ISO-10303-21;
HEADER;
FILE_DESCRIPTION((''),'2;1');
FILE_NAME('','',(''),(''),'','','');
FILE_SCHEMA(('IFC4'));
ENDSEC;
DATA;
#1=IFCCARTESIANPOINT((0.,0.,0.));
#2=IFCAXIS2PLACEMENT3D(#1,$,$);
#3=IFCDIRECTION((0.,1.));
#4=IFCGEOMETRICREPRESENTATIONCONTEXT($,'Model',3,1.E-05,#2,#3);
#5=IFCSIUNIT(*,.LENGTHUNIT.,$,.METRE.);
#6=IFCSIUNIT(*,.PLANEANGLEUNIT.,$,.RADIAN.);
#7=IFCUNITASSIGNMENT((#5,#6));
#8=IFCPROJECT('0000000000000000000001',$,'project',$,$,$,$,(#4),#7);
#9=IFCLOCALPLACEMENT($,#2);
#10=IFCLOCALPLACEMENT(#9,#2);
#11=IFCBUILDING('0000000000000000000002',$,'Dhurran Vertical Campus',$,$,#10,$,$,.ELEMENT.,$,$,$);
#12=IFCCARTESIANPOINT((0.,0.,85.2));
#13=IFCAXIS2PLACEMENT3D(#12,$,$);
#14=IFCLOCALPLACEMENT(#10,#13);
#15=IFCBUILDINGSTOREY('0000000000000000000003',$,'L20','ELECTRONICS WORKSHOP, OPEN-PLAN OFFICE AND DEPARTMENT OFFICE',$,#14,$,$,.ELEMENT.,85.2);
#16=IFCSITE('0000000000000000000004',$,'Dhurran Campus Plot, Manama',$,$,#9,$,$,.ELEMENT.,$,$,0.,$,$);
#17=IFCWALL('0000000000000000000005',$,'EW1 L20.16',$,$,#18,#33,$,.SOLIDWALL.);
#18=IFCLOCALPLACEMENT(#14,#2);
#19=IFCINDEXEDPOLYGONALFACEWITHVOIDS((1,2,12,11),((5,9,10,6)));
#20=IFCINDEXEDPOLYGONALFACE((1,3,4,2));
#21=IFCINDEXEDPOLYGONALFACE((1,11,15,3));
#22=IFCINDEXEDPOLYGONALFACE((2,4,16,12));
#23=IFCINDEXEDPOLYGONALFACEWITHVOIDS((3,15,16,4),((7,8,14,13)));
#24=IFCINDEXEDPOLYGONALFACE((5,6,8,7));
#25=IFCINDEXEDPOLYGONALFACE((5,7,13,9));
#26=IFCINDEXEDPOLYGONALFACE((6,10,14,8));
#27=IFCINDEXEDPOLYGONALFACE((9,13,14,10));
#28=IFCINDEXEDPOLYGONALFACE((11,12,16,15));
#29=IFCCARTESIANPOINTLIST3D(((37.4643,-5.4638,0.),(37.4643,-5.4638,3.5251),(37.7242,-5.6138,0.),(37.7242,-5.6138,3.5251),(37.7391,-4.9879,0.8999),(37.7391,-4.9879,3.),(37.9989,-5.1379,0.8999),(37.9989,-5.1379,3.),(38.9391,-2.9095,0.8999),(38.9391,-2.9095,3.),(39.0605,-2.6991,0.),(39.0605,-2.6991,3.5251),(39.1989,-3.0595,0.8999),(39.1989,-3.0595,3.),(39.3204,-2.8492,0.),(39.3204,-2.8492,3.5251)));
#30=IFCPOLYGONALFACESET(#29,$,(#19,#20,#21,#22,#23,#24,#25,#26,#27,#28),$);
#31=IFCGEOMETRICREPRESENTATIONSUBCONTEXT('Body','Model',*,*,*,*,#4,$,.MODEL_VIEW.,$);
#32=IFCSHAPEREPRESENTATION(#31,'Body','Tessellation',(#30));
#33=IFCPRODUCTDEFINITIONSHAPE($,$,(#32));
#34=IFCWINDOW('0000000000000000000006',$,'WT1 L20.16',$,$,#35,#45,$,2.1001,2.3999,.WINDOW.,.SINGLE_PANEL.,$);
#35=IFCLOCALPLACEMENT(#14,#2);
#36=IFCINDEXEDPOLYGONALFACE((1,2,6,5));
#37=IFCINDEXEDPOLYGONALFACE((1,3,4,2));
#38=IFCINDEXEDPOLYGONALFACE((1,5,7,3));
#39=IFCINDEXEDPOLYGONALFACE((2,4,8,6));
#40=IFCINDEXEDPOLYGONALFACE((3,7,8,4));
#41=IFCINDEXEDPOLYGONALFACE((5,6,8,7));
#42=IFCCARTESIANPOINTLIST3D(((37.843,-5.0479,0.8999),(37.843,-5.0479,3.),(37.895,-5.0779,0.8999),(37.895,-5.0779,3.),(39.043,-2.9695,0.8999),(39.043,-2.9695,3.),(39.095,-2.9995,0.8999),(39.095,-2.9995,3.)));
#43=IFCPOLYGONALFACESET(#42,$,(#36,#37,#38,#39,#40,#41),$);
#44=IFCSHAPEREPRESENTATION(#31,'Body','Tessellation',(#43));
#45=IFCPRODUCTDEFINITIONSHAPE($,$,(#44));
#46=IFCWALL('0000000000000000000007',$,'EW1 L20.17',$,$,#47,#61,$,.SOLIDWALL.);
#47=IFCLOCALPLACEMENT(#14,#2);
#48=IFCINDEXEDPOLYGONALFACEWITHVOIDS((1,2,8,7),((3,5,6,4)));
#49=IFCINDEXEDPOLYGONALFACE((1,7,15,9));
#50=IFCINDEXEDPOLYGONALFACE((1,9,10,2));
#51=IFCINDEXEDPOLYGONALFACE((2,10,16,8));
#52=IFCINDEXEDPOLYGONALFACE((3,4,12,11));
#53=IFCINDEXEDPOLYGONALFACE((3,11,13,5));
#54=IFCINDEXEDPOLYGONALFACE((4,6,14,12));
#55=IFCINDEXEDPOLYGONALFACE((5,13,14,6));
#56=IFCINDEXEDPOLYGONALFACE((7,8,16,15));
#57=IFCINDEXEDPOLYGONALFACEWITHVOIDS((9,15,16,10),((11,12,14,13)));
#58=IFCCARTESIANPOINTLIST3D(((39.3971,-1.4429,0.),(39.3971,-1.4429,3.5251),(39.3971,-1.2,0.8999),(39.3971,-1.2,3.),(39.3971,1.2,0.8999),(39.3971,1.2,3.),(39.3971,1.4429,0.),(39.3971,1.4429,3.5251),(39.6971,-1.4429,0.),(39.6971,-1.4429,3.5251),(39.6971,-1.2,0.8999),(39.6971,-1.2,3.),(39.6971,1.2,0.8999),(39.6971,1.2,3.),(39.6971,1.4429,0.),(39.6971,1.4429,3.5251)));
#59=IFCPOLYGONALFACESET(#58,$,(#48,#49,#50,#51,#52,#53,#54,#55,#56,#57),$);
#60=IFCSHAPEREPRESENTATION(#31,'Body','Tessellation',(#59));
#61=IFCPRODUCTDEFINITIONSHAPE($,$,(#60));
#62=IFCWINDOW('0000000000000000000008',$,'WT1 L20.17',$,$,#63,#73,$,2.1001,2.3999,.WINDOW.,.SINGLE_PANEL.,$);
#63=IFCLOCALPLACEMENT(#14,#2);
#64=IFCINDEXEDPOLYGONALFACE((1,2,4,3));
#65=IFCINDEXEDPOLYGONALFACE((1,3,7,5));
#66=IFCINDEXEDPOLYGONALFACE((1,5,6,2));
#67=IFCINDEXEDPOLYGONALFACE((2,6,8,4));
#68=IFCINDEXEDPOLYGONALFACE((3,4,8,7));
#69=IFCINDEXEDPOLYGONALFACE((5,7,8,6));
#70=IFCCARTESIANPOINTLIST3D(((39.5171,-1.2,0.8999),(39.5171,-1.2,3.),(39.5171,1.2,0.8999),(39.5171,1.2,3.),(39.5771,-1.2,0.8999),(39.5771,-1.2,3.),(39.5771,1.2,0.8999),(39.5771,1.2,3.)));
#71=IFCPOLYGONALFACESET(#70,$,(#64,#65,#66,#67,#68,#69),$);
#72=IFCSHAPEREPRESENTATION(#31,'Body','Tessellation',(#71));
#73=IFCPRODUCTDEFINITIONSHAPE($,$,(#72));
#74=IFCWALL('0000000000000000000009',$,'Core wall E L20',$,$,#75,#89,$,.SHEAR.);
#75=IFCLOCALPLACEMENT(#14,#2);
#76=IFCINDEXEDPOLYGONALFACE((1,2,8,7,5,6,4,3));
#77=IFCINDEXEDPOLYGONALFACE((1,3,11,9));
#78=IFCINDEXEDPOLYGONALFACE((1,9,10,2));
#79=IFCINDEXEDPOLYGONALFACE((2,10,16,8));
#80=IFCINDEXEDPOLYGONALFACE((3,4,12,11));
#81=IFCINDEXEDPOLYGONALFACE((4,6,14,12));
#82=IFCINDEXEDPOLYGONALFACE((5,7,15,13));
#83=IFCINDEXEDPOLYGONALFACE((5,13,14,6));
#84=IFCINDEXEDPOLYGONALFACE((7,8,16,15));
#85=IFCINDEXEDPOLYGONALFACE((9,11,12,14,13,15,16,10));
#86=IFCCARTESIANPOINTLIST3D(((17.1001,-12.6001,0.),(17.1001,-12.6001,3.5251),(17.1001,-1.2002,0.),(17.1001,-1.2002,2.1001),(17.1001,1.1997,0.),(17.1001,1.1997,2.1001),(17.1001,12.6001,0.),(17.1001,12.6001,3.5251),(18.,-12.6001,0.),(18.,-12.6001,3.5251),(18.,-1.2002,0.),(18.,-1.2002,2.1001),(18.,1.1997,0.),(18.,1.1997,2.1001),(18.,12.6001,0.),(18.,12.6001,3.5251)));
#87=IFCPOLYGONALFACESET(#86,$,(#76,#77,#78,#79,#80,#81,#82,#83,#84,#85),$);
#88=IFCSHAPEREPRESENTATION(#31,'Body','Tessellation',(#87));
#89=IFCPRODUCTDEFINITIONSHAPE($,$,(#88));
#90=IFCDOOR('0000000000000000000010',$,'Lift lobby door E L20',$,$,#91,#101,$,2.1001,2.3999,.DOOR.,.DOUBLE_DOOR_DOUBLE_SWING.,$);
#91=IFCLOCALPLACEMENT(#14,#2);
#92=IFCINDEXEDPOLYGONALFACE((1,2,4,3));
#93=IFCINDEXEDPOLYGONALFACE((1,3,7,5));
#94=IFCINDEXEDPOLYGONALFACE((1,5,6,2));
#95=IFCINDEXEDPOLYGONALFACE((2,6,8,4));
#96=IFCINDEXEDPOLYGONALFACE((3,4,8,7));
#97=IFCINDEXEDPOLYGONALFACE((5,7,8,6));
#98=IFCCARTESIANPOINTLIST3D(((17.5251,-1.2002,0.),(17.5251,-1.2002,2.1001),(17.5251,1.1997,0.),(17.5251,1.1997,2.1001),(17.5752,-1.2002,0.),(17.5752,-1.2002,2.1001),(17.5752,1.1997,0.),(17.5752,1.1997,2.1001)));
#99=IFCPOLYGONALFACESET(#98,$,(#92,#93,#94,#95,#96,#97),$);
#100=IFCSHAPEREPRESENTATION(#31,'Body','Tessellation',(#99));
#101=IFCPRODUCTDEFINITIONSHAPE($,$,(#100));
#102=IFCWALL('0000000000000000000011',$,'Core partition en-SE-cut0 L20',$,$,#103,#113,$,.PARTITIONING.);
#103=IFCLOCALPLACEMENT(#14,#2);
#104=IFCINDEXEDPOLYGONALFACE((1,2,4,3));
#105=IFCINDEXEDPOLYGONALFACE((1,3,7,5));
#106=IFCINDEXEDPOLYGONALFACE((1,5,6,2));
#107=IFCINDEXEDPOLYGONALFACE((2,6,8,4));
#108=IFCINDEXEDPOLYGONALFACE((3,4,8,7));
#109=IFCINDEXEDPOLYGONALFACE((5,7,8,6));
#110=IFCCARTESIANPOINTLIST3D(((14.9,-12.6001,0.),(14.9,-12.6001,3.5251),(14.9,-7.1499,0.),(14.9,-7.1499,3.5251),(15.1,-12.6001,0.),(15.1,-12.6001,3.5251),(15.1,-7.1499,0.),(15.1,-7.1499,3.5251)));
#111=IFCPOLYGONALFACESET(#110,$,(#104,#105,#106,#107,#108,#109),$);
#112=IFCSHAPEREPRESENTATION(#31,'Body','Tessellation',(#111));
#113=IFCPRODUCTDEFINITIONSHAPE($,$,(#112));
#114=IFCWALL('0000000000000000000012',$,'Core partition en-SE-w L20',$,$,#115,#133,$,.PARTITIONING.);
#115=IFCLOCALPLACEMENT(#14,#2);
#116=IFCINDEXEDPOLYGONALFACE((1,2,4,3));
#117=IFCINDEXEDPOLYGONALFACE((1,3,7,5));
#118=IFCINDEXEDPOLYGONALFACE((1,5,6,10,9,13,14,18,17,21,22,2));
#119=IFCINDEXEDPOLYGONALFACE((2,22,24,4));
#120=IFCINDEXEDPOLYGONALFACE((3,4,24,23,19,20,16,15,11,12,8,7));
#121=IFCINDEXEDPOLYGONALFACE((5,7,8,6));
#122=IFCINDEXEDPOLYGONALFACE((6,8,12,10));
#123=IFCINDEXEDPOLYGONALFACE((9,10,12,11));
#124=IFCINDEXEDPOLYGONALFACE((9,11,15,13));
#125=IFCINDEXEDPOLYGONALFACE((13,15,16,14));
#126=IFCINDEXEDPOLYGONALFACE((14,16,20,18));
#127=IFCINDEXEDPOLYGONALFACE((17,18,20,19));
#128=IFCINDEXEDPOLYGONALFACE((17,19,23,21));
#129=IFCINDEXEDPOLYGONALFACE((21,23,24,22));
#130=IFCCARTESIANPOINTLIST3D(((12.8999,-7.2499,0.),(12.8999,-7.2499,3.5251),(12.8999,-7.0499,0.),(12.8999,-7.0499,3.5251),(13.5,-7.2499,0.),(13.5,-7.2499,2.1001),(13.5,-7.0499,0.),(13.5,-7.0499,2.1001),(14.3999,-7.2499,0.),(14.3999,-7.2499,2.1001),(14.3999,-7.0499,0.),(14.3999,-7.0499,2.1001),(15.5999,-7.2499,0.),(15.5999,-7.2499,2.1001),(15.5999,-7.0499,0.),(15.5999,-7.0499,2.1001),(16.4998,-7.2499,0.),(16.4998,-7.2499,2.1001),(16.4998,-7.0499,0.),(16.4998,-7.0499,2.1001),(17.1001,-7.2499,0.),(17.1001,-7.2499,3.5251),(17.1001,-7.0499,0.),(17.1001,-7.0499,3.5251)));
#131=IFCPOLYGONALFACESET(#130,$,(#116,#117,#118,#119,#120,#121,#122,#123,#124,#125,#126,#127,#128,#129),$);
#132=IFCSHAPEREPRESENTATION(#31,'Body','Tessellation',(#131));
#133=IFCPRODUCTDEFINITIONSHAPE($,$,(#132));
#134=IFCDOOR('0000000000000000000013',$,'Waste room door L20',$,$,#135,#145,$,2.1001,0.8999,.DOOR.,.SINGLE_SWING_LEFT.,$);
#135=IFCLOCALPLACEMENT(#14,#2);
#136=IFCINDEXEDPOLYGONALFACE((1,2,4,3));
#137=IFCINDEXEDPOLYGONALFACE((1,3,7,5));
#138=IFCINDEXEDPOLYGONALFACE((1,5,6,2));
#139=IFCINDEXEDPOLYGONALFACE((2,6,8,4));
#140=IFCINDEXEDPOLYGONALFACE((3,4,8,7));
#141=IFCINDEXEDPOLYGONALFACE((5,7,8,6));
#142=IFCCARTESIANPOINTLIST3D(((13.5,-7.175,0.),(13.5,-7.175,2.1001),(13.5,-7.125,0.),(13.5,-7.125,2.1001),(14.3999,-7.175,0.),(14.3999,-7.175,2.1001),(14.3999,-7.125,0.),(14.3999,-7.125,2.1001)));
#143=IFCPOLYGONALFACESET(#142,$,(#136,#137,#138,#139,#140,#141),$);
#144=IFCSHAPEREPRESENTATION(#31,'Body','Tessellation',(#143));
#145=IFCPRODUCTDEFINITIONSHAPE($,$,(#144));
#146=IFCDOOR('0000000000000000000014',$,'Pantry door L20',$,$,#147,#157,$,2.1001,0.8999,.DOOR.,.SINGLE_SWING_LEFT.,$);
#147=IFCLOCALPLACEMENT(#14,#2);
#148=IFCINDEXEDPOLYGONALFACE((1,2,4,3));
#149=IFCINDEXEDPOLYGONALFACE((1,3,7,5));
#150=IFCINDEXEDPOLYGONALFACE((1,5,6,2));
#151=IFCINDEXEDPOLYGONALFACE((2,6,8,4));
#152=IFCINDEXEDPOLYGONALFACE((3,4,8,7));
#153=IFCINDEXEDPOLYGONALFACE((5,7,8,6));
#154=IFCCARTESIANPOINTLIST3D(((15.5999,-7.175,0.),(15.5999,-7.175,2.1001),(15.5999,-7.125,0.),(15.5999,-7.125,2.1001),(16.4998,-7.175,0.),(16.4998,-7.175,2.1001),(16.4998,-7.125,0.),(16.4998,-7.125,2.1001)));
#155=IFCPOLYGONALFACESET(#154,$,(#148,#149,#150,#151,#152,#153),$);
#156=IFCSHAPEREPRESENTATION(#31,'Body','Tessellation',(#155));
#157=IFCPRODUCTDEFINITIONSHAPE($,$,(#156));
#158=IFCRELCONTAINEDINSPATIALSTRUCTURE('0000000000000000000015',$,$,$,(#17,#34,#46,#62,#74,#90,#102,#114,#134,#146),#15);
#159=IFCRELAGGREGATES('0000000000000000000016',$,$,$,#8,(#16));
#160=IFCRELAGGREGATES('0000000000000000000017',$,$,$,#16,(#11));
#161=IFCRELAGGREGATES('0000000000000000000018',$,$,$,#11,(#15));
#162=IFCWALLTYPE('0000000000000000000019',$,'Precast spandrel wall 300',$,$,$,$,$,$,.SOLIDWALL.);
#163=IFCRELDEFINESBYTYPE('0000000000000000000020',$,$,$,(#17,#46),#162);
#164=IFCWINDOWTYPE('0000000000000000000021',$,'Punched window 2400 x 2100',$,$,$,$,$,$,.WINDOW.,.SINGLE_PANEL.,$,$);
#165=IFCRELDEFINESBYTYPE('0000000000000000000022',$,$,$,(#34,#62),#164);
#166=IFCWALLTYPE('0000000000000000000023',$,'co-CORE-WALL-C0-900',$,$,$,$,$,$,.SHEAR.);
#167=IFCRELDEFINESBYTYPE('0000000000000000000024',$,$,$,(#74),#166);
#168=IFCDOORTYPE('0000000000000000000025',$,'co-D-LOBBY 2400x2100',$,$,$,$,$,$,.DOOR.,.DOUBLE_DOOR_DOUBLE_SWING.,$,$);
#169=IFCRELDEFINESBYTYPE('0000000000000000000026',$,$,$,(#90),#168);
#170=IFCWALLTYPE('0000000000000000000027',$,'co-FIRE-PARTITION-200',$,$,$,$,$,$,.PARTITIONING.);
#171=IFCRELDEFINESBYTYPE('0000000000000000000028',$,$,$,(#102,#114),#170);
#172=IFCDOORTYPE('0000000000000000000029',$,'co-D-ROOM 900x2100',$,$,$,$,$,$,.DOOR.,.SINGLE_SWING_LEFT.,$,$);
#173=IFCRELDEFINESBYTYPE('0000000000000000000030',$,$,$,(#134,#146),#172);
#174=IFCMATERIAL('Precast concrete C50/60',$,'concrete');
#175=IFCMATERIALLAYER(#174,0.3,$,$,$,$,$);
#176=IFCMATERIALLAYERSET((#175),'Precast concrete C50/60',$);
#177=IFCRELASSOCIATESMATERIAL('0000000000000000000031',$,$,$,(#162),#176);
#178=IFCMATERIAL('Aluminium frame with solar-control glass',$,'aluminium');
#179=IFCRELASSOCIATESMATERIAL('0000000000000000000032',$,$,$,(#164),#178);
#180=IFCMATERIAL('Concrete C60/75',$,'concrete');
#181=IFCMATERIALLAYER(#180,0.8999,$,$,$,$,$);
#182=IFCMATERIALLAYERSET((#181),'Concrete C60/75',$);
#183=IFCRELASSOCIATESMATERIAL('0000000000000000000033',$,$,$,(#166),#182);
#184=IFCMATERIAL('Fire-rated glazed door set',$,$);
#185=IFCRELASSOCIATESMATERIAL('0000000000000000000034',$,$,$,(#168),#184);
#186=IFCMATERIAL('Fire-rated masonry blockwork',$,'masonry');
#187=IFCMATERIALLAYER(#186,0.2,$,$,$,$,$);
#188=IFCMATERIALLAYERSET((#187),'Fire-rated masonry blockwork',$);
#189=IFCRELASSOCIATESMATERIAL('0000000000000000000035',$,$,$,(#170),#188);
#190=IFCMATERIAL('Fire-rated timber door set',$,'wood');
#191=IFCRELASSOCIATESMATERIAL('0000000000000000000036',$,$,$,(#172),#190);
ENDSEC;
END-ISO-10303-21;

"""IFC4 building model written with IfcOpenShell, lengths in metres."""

from ifc_helpers import new_model, si_unit, direction, frame, frame_2d, origin, place, context, subcontext, project, spatial, rectangle, extrude, material, layer, layer_set, type_object, element, fill, save


model = new_model("IFC4")

# Units and contexts
model_context = context("Model", 3, precision=1e-05, world=origin(), true_north=direction((0.0, 1.0)))
body_context = subcontext(model_context, "Body", "Model", "MODEL_VIEW")
ifc_project = project(units=[si_unit("LENGTHUNIT", "METRE"), si_unit("PLANEANGLEUNIT", "RADIAN")], contexts=[model_context])

# Site, building, storey
site_placement = place(None, origin())
site = spatial("IfcSite", under=ifc_project, at=site_placement, Name="Dhurran Campus Plot, Manama", CompositionType="ELEMENT", RefElevation=0.0)
building_placement = place(site_placement, origin())
building = spatial("IfcBuilding", under=site, at=building_placement, Name="Dhurran Vertical Campus", CompositionType="ELEMENT")
storey_placement = place(building_placement, frame((0.0, 0.0, 85.2)))
storey = spatial("IfcBuildingStorey", under=building, at=storey_placement, Name="L20", Description="ELECTRONICS WORKSHOP, OPEN-PLAN OFFICE AND DEPARTMENT OFFICE", CompositionType="ELEMENT", Elevation=85.2)

# Walls, openings, windows
ifc_material_1 = material(Name="Precast concrete C50/60", Category="concrete")
ifc_layer_1 = layer(ifc_material_1, 0.3)
ifc_layer_set_1 = layer_set([ifc_layer_1], Name="Precast concrete C50/60")
wall_type_1 = type_object("IfcWallType", Name="Precast spandrel wall 300", PredefinedType="SOLIDWALL", material=ifc_layer_set_1)
ifc_material_2 = material(Name="Aluminium frame with solar-control glass", Category="aluminium")
window_type = type_object("IfcWindowType", Name="Punched window 2400 x 2100", PartitioningType="SINGLE_PANEL", PredefinedType="WINDOW", material=ifc_material_2)
wall_1_placement = place(storey_placement, frame((37.5942, -5.5388, 0.0), z_axis=(0.0, 0.0, 1.0), x_axis=(0.500005, 0.866023, 0.0)))
wall_1 = element("IfcWall", 1, at=wall_1_placement, inside=storey, type_object=wall_type_1, Name="EW1 L20.16", PredefinedType="SOLIDWALL", context=body_context, shape_type="SweptSolid", body=[
    extrude(rectangle(XDim=3.1924, YDim=0.3, at=frame_2d((1.5962, 0.0))), origin(), (0.0, 0.0, 1.0), 3.5251),
])
opening_1_placement = place(wall_1_placement, frame((0.5496, 0.0, 0.8999)))
opening_1 = element("IfcOpeningElement", 2, at=opening_1_placement, cuts=wall_1, PredefinedType="OPENING", context=body_context, shape_type="SweptSolid", body=[
    extrude(rectangle(XDim=2.3999, YDim=2.1001, at=frame_2d((1.2, 1.05))), frame((0.0, 0.1599, 0.0), z_axis=(0.0, -1.0, 0.0), x_axis=(1.0, 0.0, 0.0)), (0.0, 0.0, 1.0), 0.3201),
])
window_1_placement = place(opening_1_placement, origin())
window_1 = element("IfcWindow", 3, at=window_1_placement, inside=storey, type_object=window_type, Name="WT1 L20.16", OverallHeight=2.1001, OverallWidth=2.3999, PartitioningType="SINGLE_PANEL", PredefinedType="WINDOW", context=body_context, shape_type="SweptSolid", body=[
    extrude(rectangle(XDim=2.3999, YDim=2.1001, at=frame_2d((1.2, 1.05))), frame((0.0, 0.03, 0.0), z_axis=(0.0, -1.0, 0.0), x_axis=(1.0, 0.0, 0.0)), (0.0, 0.0, 1.0), 0.0601),
])
fill(opening_1, window_1)
wall_2_placement = place(storey_placement, frame((39.5471, -1.4429, 0.0), z_axis=(0.0, 0.0, 1.0), x_axis=(0.0, 1.0, 0.0)))
wall_2 = element("IfcWall", 4, at=wall_2_placement, inside=storey, type_object=wall_type_1, Name="EW1 L20.17", PredefinedType="SOLIDWALL", context=body_context, shape_type="SweptSolid", body=[
    extrude(rectangle(XDim=2.8857, YDim=0.3, at=frame_2d((1.4429, 0.0))), origin(), (0.0, 0.0, 1.0), 3.5251),
])
opening_2_placement = place(wall_2_placement, frame((0.2429, 0.0, 0.8999)))
opening_2 = element("IfcOpeningElement", 5, at=opening_2_placement, cuts=wall_2, PredefinedType="OPENING", context=body_context, shape_type="SweptSolid", body=[
    extrude(rectangle(XDim=2.3999, YDim=2.1001, at=frame_2d((1.2, 1.05))), frame((0.0, 0.1599, 0.0), z_axis=(0.0, -1.0, 0.0), x_axis=(1.0, 0.0, 0.0)), (0.0, 0.0, 1.0), 0.3201),
])
window_2_placement = place(opening_2_placement, origin())
window_2 = element("IfcWindow", 6, at=window_2_placement, inside=storey, type_object=window_type, Name="WT1 L20.17", OverallHeight=2.1001, OverallWidth=2.3999, PartitioningType="SINGLE_PANEL", PredefinedType="WINDOW", context=body_context, shape_type="SweptSolid", body=[
    extrude(rectangle(XDim=2.3999, YDim=2.1001, at=frame_2d((1.2, 1.05))), frame((0.0, 0.03, 0.0), z_axis=(0.0, -1.0, 0.0), x_axis=(1.0, 0.0, 0.0)), (0.0, 0.0, 1.0), 0.0601),
])
fill(opening_2, window_2)

# Wall, opening, door
ifc_material_3 = material(Name="Concrete C60/75", Category="concrete")
ifc_layer_2 = layer(ifc_material_3, 0.8999)
ifc_layer_set_2 = layer_set([ifc_layer_2], Name="Concrete C60/75")
wall_type_2 = type_object("IfcWallType", Name="co-CORE-WALL-C0-900", PredefinedType="SHEAR", material=ifc_layer_set_2)
wall_3_placement = place(storey_placement, frame((17.55, -12.6001, 0.0), z_axis=(0.0, 0.0, 1.0), x_axis=(0.0, 1.0, 0.0)))
wall_3 = element("IfcWall", 7, at=wall_3_placement, inside=storey, type_object=wall_type_2, Name="Core wall E L20", PredefinedType="SHEAR", context=body_context, shape_type="SweptSolid", body=[
    extrude(rectangle(XDim=25.2002, YDim=0.8999, at=frame_2d((12.6001, 0.0))), origin(), (0.0, 0.0, 1.0), 3.5251),
])
opening_3_placement = place(wall_3_placement, frame((11.3999, 0.0, 0.0)))
opening_3 = element("IfcOpeningElement", 8, at=opening_3_placement, cuts=wall_3, PredefinedType="OPENING", context=body_context, shape_type="SweptSolid", body=[
    extrude(rectangle(XDim=2.3999, YDim=2.1001, at=frame_2d((1.2, 1.05))), frame((0.0, 0.46, 0.0), z_axis=(0.0, -1.0, 0.0), x_axis=(1.0, 0.0, 0.0)), (0.0, 0.0, 1.0), 0.9199),
])
ifc_material_4 = material(Name="Fire-rated glazed door set")
door_type_1 = type_object("IfcDoorType", Name="co-D-LOBBY 2400x2100", OperationType="DOUBLE_DOOR_DOUBLE_SWING", PredefinedType="DOOR", material=ifc_material_4)
door_1_placement = place(opening_3_placement, origin())
door_1 = element("IfcDoor", 9, at=door_1_placement, inside=storey, type_object=door_type_1, Name="Lift lobby door E L20", OperationType="DOUBLE_DOOR_DOUBLE_SWING", OverallHeight=2.1001, OverallWidth=2.3999, PredefinedType="DOOR", context=body_context, shape_type="SweptSolid", body=[
    extrude(rectangle(XDim=2.3999, YDim=2.1001, at=frame_2d((1.2, 1.05))), frame((0.0, 0.0249, 0.0), z_axis=(0.0, -1.0, 0.0), x_axis=(1.0, 0.0, 0.0)), (0.0, 0.0, 1.0), 0.05),
])
fill(opening_3, door_1)

# Wall
ifc_material_5 = material(Name="Fire-rated masonry blockwork", Category="masonry")
ifc_layer_3 = layer(ifc_material_5, 0.2)
ifc_layer_set_3 = layer_set([ifc_layer_3], Name="Fire-rated masonry blockwork")
wall_type_3 = type_object("IfcWallType", Name="co-FIRE-PARTITION-200", PredefinedType="PARTITIONING", material=ifc_layer_set_3)
wall_4_placement = place(storey_placement, frame((15.0, -12.6001, 0.0), z_axis=(0.0, 0.0, 1.0), x_axis=(0.0, 1.0, 0.0)))
element("IfcWall", 10, at=wall_4_placement, inside=storey, type_object=wall_type_3, Name="Core partition en-SE-cut0 L20", PredefinedType="PARTITIONING", context=body_context, shape_type="SweptSolid", body=[
    extrude(rectangle(XDim=5.4502, YDim=0.2, at=frame_2d((2.7251, 0.0))), origin(), (0.0, 0.0, 1.0), 3.5251),
])

# Wall, openings, doors
wall_5_placement = place(storey_placement, frame((12.8999, -7.1499, 0.0), z_axis=(0.0, 0.0, 1.0), x_axis=(1.0, 0.0, 0.0)))
wall_5 = element("IfcWall", 11, at=wall_5_placement, inside=storey, type_object=wall_type_3, Name="Core partition en-SE-w L20", PredefinedType="PARTITIONING", context=body_context, shape_type="SweptSolid", body=[
    extrude(rectangle(XDim=4.2002, YDim=0.2, at=frame_2d((2.1001, 0.0))), origin(), (0.0, 0.0, 1.0), 3.5251),
])
opening_4_placement = place(wall_5_placement, frame((0.6001, 0.0, 0.0)))
opening_4 = element("IfcOpeningElement", 12, at=opening_4_placement, cuts=wall_5, PredefinedType="OPENING", context=body_context, shape_type="SweptSolid", body=[
    extrude(rectangle(XDim=0.8999, YDim=2.1001, at=frame_2d((0.45, 1.05))), frame((0.0, 0.1099, 0.0), z_axis=(0.0, -1.0, 0.0), x_axis=(1.0, 0.0, 0.0)), (0.0, 0.0, 1.0), 0.22),
])
opening_5_placement = place(wall_5_placement, frame((2.7, 0.0, 0.0)))
opening_5 = element("IfcOpeningElement", 13, at=opening_5_placement, cuts=wall_5, PredefinedType="OPENING", context=body_context, shape_type="SweptSolid", body=[
    extrude(rectangle(XDim=0.8999, YDim=2.1001, at=frame_2d((0.45, 1.05))), frame((0.0, 0.1099, 0.0), z_axis=(0.0, -1.0, 0.0), x_axis=(1.0, 0.0, 0.0)), (0.0, 0.0, 1.0), 0.22),
])
ifc_material_6 = material(Name="Fire-rated timber door set", Category="wood")
door_type_2 = type_object("IfcDoorType", Name="co-D-ROOM 900x2100", OperationType="SINGLE_SWING_LEFT", PredefinedType="DOOR", material=ifc_material_6)
door_2_placement = place(opening_4_placement, origin())
door_2 = element("IfcDoor", 14, at=door_2_placement, inside=storey, type_object=door_type_2, Name="Waste room door L20", OperationType="SINGLE_SWING_LEFT", OverallHeight=2.1001, OverallWidth=0.8999, PredefinedType="DOOR", context=body_context, shape_type="SweptSolid", body=[
    extrude(rectangle(XDim=0.8999, YDim=2.1001, at=frame_2d((0.45, 1.05))), frame((0.0, 0.0249, 0.0), z_axis=(0.0, -1.0, 0.0), x_axis=(1.0, 0.0, 0.0)), (0.0, 0.0, 1.0), 0.05),
])
fill(opening_4, door_2)
door_3_placement = place(opening_5_placement, origin())
door_3 = element("IfcDoor", 15, at=door_3_placement, inside=storey, type_object=door_type_2, Name="Pantry door L20", OperationType="SINGLE_SWING_LEFT", OverallHeight=2.1001, OverallWidth=0.8999, PredefinedType="DOOR", context=body_context, shape_type="SweptSolid", body=[
    extrude(rectangle(XDim=0.8999, YDim=2.1001, at=frame_2d((0.45, 1.05))), frame((0.0, 0.0249, 0.0), z_axis=(0.0, -1.0, 0.0), x_axis=(1.0, 0.0, 0.0)), (0.0, 0.0, 1.0), 0.05),
])
fill(opening_5, door_3)

save(model, "model.ifc")
